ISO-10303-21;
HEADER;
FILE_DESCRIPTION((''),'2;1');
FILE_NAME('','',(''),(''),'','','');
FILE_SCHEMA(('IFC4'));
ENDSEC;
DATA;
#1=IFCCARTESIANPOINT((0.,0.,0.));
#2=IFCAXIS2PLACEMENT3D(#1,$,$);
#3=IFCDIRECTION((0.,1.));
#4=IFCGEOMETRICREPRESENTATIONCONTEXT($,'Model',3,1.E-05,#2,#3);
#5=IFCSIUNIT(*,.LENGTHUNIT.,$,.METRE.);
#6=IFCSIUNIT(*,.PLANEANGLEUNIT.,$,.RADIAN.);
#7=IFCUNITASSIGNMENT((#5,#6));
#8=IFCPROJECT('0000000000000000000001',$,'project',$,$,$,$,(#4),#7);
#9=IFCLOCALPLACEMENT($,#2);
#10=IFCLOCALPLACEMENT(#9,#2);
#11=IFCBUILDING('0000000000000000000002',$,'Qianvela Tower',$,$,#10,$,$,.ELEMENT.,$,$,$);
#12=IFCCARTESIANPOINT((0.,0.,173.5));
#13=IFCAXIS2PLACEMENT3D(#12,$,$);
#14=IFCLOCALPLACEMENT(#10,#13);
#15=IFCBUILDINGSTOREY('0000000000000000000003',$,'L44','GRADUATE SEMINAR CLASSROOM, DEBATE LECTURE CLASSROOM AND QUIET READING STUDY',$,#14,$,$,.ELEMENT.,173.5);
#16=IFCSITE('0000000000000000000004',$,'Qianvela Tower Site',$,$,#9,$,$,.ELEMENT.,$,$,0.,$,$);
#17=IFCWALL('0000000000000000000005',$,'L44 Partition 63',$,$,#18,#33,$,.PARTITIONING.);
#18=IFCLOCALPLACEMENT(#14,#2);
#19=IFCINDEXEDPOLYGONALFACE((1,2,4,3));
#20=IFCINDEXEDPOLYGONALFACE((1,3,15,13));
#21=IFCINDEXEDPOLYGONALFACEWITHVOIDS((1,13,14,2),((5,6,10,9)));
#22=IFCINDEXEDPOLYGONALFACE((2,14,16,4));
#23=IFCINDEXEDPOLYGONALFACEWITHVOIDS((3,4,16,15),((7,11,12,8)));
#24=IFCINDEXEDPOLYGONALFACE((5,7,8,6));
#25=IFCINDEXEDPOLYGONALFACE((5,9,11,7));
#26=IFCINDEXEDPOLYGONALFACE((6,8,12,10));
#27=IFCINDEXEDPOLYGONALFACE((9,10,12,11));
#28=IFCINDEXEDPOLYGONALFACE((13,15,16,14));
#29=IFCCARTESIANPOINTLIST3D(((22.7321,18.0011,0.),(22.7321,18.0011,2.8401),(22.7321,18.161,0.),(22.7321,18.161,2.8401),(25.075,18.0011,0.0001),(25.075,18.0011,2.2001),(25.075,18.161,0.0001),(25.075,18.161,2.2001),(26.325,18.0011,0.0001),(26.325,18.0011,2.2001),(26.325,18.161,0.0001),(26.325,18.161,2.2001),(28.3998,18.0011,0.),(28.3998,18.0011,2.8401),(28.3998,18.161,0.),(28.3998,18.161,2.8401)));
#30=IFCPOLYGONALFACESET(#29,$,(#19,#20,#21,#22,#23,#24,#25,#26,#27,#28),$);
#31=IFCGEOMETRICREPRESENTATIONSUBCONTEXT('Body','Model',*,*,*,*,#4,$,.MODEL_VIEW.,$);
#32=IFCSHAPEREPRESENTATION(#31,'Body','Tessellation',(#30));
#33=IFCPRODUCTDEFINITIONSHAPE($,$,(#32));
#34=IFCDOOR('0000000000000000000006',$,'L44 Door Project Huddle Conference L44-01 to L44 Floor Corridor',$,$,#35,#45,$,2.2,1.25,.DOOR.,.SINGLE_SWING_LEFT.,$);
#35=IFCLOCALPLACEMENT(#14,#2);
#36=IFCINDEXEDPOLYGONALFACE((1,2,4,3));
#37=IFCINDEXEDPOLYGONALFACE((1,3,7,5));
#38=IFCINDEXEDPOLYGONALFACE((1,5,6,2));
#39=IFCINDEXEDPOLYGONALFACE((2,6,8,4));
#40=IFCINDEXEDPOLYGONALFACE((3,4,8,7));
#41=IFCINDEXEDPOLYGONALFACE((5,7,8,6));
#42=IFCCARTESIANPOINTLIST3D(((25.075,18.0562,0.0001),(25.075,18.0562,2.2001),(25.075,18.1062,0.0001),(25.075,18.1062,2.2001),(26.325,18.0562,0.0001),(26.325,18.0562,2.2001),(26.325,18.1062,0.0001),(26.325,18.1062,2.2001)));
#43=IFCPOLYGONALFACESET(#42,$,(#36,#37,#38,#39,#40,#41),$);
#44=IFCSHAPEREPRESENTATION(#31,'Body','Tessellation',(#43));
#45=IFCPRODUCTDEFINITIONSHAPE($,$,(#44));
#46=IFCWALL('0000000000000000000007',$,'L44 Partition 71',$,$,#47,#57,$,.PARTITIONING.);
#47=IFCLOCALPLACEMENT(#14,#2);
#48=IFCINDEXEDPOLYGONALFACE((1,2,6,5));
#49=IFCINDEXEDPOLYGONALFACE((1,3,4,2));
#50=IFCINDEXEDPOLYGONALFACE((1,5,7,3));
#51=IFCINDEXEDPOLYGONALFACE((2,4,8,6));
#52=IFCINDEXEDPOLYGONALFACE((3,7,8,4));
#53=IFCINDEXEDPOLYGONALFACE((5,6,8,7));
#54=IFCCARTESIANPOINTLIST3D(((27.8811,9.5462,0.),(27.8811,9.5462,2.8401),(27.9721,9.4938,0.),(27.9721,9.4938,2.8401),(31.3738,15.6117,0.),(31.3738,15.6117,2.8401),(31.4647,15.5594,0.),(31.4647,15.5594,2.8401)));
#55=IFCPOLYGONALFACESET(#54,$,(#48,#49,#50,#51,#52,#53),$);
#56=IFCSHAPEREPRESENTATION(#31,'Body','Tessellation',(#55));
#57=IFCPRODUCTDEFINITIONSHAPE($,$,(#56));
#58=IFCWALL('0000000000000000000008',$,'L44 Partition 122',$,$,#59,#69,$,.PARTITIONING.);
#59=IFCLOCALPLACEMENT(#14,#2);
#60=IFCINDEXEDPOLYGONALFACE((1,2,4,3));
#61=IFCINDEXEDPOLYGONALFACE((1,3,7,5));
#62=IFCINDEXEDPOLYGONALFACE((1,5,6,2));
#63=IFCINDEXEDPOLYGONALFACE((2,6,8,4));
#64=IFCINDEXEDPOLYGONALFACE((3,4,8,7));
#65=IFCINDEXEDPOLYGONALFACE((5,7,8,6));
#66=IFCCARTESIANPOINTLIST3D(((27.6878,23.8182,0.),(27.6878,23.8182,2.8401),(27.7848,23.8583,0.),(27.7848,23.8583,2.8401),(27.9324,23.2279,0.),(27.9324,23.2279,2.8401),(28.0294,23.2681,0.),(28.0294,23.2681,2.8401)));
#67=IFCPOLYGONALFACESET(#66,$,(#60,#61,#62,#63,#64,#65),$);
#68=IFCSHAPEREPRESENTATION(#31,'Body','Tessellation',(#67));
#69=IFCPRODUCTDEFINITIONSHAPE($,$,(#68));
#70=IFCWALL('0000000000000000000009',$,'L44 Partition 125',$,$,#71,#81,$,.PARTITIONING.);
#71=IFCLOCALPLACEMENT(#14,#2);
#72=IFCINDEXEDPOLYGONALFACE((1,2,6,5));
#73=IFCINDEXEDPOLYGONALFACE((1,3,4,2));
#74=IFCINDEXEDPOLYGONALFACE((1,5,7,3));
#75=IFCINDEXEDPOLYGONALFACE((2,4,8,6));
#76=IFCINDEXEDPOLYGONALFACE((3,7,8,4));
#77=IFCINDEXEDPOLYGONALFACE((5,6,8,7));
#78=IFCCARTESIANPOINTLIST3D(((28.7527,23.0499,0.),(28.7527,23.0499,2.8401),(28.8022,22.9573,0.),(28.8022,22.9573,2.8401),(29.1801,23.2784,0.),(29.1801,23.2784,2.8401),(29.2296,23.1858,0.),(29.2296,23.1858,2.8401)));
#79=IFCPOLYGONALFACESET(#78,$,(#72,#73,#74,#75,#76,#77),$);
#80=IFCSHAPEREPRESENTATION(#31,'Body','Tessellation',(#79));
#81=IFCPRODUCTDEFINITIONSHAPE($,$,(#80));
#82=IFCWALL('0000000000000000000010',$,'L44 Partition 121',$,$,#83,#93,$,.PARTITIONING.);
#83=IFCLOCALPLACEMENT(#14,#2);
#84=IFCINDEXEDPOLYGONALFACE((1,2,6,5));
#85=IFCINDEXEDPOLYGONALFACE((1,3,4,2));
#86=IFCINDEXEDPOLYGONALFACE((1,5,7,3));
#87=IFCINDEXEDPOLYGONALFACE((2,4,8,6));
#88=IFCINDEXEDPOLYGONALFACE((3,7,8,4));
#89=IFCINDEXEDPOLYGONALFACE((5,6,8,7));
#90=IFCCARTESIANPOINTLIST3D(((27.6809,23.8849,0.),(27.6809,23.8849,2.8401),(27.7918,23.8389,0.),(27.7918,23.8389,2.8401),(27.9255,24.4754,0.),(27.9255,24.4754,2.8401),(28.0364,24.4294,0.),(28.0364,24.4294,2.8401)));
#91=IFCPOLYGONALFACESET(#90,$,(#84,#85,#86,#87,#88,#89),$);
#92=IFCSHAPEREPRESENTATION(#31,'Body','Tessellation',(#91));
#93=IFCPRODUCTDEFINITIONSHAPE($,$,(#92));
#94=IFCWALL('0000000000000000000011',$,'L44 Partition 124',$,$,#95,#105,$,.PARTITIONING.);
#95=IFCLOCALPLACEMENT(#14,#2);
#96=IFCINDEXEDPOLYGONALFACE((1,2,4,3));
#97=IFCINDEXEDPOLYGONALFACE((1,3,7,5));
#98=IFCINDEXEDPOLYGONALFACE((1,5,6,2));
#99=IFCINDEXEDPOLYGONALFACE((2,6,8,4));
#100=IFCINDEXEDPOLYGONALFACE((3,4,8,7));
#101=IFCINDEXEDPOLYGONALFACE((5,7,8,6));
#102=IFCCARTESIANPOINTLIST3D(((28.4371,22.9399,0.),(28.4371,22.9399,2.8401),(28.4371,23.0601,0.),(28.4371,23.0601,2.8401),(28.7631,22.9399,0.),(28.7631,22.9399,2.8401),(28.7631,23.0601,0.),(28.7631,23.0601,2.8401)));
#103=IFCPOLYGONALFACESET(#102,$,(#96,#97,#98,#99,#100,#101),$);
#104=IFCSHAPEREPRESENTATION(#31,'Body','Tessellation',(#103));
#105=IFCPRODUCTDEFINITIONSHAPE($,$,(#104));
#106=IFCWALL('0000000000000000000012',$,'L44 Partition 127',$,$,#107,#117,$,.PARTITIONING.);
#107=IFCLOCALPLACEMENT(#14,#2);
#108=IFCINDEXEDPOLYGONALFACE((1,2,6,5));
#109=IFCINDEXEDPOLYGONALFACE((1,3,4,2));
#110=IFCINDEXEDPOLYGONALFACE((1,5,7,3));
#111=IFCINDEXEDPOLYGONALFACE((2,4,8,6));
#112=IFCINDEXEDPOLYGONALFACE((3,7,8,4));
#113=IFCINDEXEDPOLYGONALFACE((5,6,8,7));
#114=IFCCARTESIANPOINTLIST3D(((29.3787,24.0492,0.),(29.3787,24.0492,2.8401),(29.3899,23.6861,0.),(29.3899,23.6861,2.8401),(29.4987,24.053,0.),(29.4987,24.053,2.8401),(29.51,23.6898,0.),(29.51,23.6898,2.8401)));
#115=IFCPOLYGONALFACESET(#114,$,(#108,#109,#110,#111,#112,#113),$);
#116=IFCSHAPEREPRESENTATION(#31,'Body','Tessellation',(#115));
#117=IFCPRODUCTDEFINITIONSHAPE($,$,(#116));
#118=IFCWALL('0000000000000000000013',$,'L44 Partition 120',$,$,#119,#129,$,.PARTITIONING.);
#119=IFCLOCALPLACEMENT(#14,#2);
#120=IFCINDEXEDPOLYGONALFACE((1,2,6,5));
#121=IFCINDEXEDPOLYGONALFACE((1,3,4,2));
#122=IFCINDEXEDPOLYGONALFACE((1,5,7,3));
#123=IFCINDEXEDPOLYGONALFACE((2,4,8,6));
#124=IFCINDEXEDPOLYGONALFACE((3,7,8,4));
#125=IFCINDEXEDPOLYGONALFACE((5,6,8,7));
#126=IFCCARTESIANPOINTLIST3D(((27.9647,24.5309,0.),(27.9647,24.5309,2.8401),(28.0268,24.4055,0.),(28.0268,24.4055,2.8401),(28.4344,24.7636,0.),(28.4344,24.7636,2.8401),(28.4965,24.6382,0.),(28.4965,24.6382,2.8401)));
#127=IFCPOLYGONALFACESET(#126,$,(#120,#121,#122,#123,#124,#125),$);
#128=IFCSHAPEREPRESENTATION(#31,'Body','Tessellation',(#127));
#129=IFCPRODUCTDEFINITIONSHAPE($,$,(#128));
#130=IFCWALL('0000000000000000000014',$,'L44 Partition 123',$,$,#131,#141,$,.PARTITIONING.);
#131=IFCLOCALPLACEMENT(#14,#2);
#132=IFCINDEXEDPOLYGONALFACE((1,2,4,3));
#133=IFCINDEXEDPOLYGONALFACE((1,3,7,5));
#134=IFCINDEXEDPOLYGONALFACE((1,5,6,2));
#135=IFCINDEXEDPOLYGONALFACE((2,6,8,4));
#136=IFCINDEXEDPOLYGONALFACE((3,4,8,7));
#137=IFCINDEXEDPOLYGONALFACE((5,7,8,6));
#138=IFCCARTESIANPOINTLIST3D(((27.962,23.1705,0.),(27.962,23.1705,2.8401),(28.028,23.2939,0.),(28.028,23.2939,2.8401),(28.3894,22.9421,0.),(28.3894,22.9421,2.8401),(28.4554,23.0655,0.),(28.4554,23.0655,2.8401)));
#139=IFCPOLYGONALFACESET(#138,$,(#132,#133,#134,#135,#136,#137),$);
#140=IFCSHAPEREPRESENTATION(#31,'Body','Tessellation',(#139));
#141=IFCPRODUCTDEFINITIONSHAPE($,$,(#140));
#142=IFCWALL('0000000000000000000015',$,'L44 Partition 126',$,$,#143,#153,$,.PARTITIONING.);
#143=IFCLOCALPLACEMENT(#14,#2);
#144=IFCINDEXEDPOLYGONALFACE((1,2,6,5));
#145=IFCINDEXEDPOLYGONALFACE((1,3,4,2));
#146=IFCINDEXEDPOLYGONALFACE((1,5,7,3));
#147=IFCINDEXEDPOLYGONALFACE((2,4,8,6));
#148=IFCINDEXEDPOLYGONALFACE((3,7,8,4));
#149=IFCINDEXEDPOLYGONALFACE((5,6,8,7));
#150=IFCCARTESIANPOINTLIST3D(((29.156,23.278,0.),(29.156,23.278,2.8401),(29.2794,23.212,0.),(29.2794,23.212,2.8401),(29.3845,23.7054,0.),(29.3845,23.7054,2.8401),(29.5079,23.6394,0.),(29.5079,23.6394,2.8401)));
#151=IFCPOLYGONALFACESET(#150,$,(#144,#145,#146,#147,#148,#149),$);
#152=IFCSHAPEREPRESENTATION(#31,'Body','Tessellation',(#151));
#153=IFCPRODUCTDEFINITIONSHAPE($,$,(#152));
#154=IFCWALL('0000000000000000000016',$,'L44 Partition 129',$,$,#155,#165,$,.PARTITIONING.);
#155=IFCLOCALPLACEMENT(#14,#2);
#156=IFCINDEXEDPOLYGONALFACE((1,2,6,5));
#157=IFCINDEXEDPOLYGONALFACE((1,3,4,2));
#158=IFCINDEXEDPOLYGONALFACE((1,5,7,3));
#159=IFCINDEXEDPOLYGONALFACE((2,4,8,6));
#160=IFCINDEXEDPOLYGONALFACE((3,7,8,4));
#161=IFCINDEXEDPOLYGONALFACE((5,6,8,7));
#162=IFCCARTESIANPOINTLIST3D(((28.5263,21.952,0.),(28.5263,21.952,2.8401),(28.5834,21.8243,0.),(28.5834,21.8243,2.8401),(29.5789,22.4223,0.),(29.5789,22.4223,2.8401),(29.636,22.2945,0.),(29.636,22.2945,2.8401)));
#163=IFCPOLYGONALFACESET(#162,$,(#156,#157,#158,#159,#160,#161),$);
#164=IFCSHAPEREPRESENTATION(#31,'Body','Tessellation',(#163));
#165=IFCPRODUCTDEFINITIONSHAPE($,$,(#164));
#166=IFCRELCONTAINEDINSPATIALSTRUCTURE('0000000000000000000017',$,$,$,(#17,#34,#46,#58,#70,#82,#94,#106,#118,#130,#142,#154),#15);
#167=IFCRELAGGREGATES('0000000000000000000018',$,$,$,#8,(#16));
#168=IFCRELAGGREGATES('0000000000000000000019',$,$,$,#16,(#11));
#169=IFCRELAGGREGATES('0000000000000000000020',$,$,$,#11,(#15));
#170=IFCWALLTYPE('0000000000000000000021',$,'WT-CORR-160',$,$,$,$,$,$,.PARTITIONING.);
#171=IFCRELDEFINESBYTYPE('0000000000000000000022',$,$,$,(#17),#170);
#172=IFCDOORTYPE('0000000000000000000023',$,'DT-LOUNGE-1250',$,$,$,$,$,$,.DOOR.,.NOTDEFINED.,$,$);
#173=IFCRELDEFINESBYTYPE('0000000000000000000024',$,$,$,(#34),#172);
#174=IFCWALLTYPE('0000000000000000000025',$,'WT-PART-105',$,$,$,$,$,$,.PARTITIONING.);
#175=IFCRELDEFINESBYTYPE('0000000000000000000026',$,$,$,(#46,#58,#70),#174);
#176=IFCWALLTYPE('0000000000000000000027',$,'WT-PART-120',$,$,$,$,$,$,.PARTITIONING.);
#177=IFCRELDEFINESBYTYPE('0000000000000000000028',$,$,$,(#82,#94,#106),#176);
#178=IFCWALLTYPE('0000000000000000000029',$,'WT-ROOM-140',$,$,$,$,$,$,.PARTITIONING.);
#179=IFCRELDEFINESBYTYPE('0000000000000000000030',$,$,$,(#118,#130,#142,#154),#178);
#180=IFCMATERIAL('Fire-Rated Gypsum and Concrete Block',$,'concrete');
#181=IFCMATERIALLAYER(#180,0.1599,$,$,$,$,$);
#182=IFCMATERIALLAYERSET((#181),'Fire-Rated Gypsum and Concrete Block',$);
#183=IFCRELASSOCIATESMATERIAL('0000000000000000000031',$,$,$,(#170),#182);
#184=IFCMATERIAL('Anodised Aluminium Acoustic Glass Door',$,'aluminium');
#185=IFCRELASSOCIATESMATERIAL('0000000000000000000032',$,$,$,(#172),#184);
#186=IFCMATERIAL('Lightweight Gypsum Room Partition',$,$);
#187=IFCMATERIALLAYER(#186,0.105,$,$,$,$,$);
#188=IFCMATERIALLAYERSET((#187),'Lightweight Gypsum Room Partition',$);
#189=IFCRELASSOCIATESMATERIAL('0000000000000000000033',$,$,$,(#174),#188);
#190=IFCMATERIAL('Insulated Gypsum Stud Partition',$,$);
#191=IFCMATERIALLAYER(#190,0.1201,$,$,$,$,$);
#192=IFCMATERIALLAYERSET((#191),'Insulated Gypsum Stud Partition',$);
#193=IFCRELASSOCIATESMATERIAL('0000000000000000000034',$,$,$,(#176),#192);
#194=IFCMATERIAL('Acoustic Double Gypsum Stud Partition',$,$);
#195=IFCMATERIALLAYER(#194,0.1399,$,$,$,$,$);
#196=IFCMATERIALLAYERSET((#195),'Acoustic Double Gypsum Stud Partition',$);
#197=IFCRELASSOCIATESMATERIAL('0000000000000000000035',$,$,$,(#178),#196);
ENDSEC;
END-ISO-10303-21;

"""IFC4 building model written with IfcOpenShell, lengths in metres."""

from ifc_helpers import new_model, si_unit, direction, frame, frame_2d, origin, place, context, subcontext, project, spatial, rectangle, extrude, material, layer, layer_set, type_object, element, fill, save


model = new_model("IFC4")

# Units and contexts
model_context = context("Model", 3, precision=1e-05, world=origin(), true_north=direction((0.0, 1.0)))
body_context = subcontext(model_context, "Body", "Model", "MODEL_VIEW")
ifc_project = project(units=[si_unit("LENGTHUNIT", "METRE"), si_unit("PLANEANGLEUNIT", "RADIAN")], contexts=[model_context])

# Site, building, storey
site_placement = place(None, origin())
site = spatial("IfcSite", under=ifc_project, at=site_placement, Name="Qianvela Tower Site", CompositionType="ELEMENT", RefElevation=0.0)
building_placement = place(site_placement, origin())
building = spatial("IfcBuilding", under=site, at=building_placement, Name="Qianvela Tower", CompositionType="ELEMENT")
storey_placement = place(building_placement, frame((0.0, 0.0, 173.5)))
storey = spatial("IfcBuildingStorey", under=building, at=storey_placement, Name="L44", Description="GRADUATE SEMINAR CLASSROOM, DEBATE LECTURE CLASSROOM AND QUIET READING STUDY", CompositionType="ELEMENT", Elevation=173.5)

# Shared definitions
ifc_material_1 = material(Name="Fire-Rated Gypsum and Concrete Block", Category="concrete")
ifc_layer_1 = layer(ifc_material_1, 0.1599)
ifc_layer_set_1 = layer_set([ifc_layer_1], Name="Fire-Rated Gypsum and Concrete Block")
wall_type_1 = type_object("IfcWallType", Name="WT-CORR-160", PredefinedType="PARTITIONING", material=ifc_layer_set_1)

# Wall, opening, door
wall_1_placement = place(storey_placement, frame((28.3999, 18.0811, 0.0), z_axis=(0.0, 0.0, 1.0), x_axis=(-1.0, 0.0, 0.0)))
wall_1 = element("IfcWall", 1, at=wall_1_placement, inside=storey, type_object=wall_type_1, Name="L44 Partition 63", PredefinedType="PARTITIONING", context=body_context, shape_type="SweptSolid", body=[
    extrude(rectangle(XDim=5.6677, YDim=0.1599, at=frame_2d((2.834, 0.0))), origin(), (0.0, 0.0, 1.0), 2.8401),
])
opening_1_placement = place(wall_1_placement, frame((2.075, 0.0, 0.0)))
opening_1 = element("IfcOpeningElement", 2, at=opening_1_placement, cuts=wall_1, PredefinedType="OPENING", context=body_context, shape_type="SweptSolid", body=[
    extrude(rectangle(XDim=1.25, YDim=2.2, at=frame_2d((0.625, 1.1001))), frame((0.0, 0.0898, 0.0), z_axis=(0.0, -1.0, 0.0), x_axis=(1.0, 0.0, 0.0)), (0.0, 0.0, 1.0), 0.1799),
])
ifc_material_2 = material(Name="Anodised Aluminium Acoustic Glass Door", Category="aluminium")
door_type_1 = type_object("IfcDoorType", Name="DT-LOUNGE-1250", OperationType="NOTDEFINED", PredefinedType="DOOR", material=ifc_material_2)
door_1_placement = place(opening_1_placement, origin())
door_1 = element("IfcDoor", 3, at=door_1_placement, inside=storey, type_object=door_type_1, Name="L44 Door Project Huddle Conference L44-01 to L44 Floor Corridor", OperationType="SINGLE_SWING_LEFT", OverallHeight=2.2, OverallWidth=1.25, PredefinedType="DOOR", context=body_context, shape_type="SweptSolid", body=[
    extrude(rectangle(XDim=1.25, YDim=2.2, at=frame_2d((0.625, 1.1001))), frame((0.0, 0.0249, 0.0), z_axis=(0.0, -1.0, 0.0), x_axis=(1.0, 0.0, 0.0)), (0.0, 0.0, 1.0), 0.05),
])
fill(opening_1, door_1)

# Walls
ifc_material_3 = material(Name="Lightweight Gypsum Room Partition")
ifc_layer_2 = layer(ifc_material_3, 0.105)
ifc_layer_set_2 = layer_set([ifc_layer_2], Name="Lightweight Gypsum Room Partition")
wall_type_2 = type_object("IfcWallType", Name="WT-PART-105", PredefinedType="PARTITIONING", material=ifc_layer_set_2)
wall_2_placement = place(storey_placement, frame((31.4192, 15.5854, 0.0), z_axis=(0.0, 0.0, 1.0), x_axis=(-0.498999, -0.866603, 0.0)))
element("IfcWall", 4, at=wall_2_placement, inside=storey, type_object=wall_type_2, Name="L44 Partition 71", PredefinedType="PARTITIONING", context=body_context, shape_type="SweptSolid", body=[
    extrude(rectangle(XDim=6.9993, YDim=0.105, at=frame_2d((3.4995, 0.0))), origin(), (0.0, 0.0, 1.0), 2.8401),
])
wall_3_placement = place(storey_placement, frame((27.7363, 23.8381, 0.0), z_axis=(0.0, 0.0, 1.0), x_axis=(0.382824, -0.923821, 0.0)))
element("IfcWall", 5, at=wall_3_placement, inside=storey, type_object=wall_type_2, Name="L44 Partition 122", PredefinedType="PARTITIONING", context=body_context, shape_type="SweptSolid", body=[
    extrude(rectangle(XDim=0.6389, YDim=0.105, at=frame_2d((0.3193, 0.0))), origin(), (0.0, 0.0, 1.0), 2.8401),
])
wall_4_placement = place(storey_placement, frame((28.7776, 23.0037, 0.0), z_axis=(0.0, 0.0, 1.0), x_axis=(0.881906, 0.471425, 0.0)))
element("IfcWall", 6, at=wall_4_placement, inside=storey, type_object=wall_type_2, Name="L44 Partition 125", PredefinedType="PARTITIONING", context=body_context, shape_type="SweptSolid", body=[
    extrude(rectangle(XDim=0.4846, YDim=0.105, at=frame_2d((0.2422, 0.0))), origin(), (0.0, 0.0, 1.0), 2.8401),
])
ifc_material_4 = material(Name="Insulated Gypsum Stud Partition")
ifc_layer_3 = layer(ifc_material_4, 0.1201)
ifc_layer_set_3 = layer_set([ifc_layer_3], Name="Insulated Gypsum Stud Partition")
wall_type_3 = type_object("IfcWallType", Name="WT-PART-120", PredefinedType="PARTITIONING", material=ifc_layer_set_3)
wall_5_placement = place(storey_placement, frame((27.981, 24.4524, 0.0), z_axis=(0.0, 0.0, 1.0), x_axis=(-0.382689, -0.923877, 0.0)))
element("IfcWall", 7, at=wall_5_placement, inside=storey, type_object=wall_type_3, Name="L44 Partition 121", PredefinedType="PARTITIONING", context=body_context, shape_type="SweptSolid", body=[
    extrude(rectangle(XDim=0.6392, YDim=0.1201, at=frame_2d((0.3196, 0.0))), origin(), (0.0, 0.0, 1.0), 2.8401),
])
wall_6_placement = place(storey_placement, frame((28.437, 23.0, 0.0), z_axis=(0.0, 0.0, 1.0), x_axis=(1.0, 0.0, 0.0)))
element("IfcWall", 8, at=wall_6_placement, inside=storey, type_object=wall_type_3, Name="L44 Partition 124", PredefinedType="PARTITIONING", context=body_context, shape_type="SweptSolid", body=[
    extrude(rectangle(XDim=0.3259, YDim=0.1201, at=frame_2d((0.1631, 0.0))), origin(), (0.0, 0.0, 1.0), 2.8401),
])
wall_7_placement = place(storey_placement, frame((29.45, 23.688, 0.0), z_axis=(0.0, 0.0, 1.0), x_axis=(-0.03092, 0.999522, 0.0)))
element("IfcWall", 9, at=wall_7_placement, inside=storey, type_object=wall_type_3, Name="L44 Partition 127", PredefinedType="PARTITIONING", context=body_context, shape_type="SweptSolid", body=[
    extrude(rectangle(XDim=0.3633, YDim=0.1201, at=frame_2d((0.1816, 0.0))), origin(), (0.0, 0.0, 1.0), 2.8401),
])
ifc_material_5 = material(Name="Acoustic Double Gypsum Stud Partition")
ifc_layer_4 = layer(ifc_material_5, 0.1399)
ifc_layer_set_4 = layer_set([ifc_layer_4], Name="Acoustic Double Gypsum Stud Partition")
wall_type_4 = type_object("IfcWallType", Name="WT-ROOM-140", PredefinedType="PARTITIONING", material=ifc_layer_set_4)
wall_8_placement = place(storey_placement, frame((28.4656, 24.7009, 0.0), z_axis=(0.0, 0.0, 1.0), x_axis=(-0.896098, -0.443857, 0.0)))
element("IfcWall", 10, at=wall_8_placement, inside=storey, type_object=wall_type_4, Name="L44 Partition 120", PredefinedType="PARTITIONING", context=body_context, shape_type="SweptSolid", body=[
    extrude(rectangle(XDim=0.5242, YDim=0.1399, at=frame_2d((0.2622, 0.0))), origin(), (0.0, 0.0, 1.0), 2.8401),
])
for number, where, z_axis, x_axis, name in (
    (11, (27.9951, 23.2322, 0.0), (0.0, 0.0, 1.0), (0.881906, -0.471425, 0.0), "L44 Partition 123"),
    (12, (29.2178, 23.2451, 0.0), (0.0, 0.0, 1.0), (0.471425, 0.881906, 0.0), "L44 Partition 126"),
):
    element("IfcWall", number, at=place(storey_placement, frame(where, z_axis=z_axis, x_axis=x_axis)), inside=storey, type_object=wall_type_4, Name=name, PredefinedType="PARTITIONING", context=body_context, shape_type="SweptSolid", body=[
        extrude(rectangle(XDim=0.4846, YDim=0.1399, at=frame_2d((0.2422, 0.0))), origin(), (0.0, 0.0, 1.0), 2.8401),
    ])
wall_9_placement = place(storey_placement, frame((29.6074, 22.3584, 0.0), z_axis=(0.0, 0.0, 1.0), x_axis=(-0.913024, -0.407906, 0.0)))
element("IfcWall", 13, at=wall_9_placement, inside=storey, type_object=wall_type_4, Name="L44 Partition 129", PredefinedType="PARTITIONING", context=body_context, shape_type="SweptSolid", body=[
    extrude(rectangle(XDim=1.1528, YDim=0.1399, at=frame_2d((0.5764, 0.0))), origin(), (0.0, 0.0, 1.0), 2.8401),
])

save(model, "model.ifc")
